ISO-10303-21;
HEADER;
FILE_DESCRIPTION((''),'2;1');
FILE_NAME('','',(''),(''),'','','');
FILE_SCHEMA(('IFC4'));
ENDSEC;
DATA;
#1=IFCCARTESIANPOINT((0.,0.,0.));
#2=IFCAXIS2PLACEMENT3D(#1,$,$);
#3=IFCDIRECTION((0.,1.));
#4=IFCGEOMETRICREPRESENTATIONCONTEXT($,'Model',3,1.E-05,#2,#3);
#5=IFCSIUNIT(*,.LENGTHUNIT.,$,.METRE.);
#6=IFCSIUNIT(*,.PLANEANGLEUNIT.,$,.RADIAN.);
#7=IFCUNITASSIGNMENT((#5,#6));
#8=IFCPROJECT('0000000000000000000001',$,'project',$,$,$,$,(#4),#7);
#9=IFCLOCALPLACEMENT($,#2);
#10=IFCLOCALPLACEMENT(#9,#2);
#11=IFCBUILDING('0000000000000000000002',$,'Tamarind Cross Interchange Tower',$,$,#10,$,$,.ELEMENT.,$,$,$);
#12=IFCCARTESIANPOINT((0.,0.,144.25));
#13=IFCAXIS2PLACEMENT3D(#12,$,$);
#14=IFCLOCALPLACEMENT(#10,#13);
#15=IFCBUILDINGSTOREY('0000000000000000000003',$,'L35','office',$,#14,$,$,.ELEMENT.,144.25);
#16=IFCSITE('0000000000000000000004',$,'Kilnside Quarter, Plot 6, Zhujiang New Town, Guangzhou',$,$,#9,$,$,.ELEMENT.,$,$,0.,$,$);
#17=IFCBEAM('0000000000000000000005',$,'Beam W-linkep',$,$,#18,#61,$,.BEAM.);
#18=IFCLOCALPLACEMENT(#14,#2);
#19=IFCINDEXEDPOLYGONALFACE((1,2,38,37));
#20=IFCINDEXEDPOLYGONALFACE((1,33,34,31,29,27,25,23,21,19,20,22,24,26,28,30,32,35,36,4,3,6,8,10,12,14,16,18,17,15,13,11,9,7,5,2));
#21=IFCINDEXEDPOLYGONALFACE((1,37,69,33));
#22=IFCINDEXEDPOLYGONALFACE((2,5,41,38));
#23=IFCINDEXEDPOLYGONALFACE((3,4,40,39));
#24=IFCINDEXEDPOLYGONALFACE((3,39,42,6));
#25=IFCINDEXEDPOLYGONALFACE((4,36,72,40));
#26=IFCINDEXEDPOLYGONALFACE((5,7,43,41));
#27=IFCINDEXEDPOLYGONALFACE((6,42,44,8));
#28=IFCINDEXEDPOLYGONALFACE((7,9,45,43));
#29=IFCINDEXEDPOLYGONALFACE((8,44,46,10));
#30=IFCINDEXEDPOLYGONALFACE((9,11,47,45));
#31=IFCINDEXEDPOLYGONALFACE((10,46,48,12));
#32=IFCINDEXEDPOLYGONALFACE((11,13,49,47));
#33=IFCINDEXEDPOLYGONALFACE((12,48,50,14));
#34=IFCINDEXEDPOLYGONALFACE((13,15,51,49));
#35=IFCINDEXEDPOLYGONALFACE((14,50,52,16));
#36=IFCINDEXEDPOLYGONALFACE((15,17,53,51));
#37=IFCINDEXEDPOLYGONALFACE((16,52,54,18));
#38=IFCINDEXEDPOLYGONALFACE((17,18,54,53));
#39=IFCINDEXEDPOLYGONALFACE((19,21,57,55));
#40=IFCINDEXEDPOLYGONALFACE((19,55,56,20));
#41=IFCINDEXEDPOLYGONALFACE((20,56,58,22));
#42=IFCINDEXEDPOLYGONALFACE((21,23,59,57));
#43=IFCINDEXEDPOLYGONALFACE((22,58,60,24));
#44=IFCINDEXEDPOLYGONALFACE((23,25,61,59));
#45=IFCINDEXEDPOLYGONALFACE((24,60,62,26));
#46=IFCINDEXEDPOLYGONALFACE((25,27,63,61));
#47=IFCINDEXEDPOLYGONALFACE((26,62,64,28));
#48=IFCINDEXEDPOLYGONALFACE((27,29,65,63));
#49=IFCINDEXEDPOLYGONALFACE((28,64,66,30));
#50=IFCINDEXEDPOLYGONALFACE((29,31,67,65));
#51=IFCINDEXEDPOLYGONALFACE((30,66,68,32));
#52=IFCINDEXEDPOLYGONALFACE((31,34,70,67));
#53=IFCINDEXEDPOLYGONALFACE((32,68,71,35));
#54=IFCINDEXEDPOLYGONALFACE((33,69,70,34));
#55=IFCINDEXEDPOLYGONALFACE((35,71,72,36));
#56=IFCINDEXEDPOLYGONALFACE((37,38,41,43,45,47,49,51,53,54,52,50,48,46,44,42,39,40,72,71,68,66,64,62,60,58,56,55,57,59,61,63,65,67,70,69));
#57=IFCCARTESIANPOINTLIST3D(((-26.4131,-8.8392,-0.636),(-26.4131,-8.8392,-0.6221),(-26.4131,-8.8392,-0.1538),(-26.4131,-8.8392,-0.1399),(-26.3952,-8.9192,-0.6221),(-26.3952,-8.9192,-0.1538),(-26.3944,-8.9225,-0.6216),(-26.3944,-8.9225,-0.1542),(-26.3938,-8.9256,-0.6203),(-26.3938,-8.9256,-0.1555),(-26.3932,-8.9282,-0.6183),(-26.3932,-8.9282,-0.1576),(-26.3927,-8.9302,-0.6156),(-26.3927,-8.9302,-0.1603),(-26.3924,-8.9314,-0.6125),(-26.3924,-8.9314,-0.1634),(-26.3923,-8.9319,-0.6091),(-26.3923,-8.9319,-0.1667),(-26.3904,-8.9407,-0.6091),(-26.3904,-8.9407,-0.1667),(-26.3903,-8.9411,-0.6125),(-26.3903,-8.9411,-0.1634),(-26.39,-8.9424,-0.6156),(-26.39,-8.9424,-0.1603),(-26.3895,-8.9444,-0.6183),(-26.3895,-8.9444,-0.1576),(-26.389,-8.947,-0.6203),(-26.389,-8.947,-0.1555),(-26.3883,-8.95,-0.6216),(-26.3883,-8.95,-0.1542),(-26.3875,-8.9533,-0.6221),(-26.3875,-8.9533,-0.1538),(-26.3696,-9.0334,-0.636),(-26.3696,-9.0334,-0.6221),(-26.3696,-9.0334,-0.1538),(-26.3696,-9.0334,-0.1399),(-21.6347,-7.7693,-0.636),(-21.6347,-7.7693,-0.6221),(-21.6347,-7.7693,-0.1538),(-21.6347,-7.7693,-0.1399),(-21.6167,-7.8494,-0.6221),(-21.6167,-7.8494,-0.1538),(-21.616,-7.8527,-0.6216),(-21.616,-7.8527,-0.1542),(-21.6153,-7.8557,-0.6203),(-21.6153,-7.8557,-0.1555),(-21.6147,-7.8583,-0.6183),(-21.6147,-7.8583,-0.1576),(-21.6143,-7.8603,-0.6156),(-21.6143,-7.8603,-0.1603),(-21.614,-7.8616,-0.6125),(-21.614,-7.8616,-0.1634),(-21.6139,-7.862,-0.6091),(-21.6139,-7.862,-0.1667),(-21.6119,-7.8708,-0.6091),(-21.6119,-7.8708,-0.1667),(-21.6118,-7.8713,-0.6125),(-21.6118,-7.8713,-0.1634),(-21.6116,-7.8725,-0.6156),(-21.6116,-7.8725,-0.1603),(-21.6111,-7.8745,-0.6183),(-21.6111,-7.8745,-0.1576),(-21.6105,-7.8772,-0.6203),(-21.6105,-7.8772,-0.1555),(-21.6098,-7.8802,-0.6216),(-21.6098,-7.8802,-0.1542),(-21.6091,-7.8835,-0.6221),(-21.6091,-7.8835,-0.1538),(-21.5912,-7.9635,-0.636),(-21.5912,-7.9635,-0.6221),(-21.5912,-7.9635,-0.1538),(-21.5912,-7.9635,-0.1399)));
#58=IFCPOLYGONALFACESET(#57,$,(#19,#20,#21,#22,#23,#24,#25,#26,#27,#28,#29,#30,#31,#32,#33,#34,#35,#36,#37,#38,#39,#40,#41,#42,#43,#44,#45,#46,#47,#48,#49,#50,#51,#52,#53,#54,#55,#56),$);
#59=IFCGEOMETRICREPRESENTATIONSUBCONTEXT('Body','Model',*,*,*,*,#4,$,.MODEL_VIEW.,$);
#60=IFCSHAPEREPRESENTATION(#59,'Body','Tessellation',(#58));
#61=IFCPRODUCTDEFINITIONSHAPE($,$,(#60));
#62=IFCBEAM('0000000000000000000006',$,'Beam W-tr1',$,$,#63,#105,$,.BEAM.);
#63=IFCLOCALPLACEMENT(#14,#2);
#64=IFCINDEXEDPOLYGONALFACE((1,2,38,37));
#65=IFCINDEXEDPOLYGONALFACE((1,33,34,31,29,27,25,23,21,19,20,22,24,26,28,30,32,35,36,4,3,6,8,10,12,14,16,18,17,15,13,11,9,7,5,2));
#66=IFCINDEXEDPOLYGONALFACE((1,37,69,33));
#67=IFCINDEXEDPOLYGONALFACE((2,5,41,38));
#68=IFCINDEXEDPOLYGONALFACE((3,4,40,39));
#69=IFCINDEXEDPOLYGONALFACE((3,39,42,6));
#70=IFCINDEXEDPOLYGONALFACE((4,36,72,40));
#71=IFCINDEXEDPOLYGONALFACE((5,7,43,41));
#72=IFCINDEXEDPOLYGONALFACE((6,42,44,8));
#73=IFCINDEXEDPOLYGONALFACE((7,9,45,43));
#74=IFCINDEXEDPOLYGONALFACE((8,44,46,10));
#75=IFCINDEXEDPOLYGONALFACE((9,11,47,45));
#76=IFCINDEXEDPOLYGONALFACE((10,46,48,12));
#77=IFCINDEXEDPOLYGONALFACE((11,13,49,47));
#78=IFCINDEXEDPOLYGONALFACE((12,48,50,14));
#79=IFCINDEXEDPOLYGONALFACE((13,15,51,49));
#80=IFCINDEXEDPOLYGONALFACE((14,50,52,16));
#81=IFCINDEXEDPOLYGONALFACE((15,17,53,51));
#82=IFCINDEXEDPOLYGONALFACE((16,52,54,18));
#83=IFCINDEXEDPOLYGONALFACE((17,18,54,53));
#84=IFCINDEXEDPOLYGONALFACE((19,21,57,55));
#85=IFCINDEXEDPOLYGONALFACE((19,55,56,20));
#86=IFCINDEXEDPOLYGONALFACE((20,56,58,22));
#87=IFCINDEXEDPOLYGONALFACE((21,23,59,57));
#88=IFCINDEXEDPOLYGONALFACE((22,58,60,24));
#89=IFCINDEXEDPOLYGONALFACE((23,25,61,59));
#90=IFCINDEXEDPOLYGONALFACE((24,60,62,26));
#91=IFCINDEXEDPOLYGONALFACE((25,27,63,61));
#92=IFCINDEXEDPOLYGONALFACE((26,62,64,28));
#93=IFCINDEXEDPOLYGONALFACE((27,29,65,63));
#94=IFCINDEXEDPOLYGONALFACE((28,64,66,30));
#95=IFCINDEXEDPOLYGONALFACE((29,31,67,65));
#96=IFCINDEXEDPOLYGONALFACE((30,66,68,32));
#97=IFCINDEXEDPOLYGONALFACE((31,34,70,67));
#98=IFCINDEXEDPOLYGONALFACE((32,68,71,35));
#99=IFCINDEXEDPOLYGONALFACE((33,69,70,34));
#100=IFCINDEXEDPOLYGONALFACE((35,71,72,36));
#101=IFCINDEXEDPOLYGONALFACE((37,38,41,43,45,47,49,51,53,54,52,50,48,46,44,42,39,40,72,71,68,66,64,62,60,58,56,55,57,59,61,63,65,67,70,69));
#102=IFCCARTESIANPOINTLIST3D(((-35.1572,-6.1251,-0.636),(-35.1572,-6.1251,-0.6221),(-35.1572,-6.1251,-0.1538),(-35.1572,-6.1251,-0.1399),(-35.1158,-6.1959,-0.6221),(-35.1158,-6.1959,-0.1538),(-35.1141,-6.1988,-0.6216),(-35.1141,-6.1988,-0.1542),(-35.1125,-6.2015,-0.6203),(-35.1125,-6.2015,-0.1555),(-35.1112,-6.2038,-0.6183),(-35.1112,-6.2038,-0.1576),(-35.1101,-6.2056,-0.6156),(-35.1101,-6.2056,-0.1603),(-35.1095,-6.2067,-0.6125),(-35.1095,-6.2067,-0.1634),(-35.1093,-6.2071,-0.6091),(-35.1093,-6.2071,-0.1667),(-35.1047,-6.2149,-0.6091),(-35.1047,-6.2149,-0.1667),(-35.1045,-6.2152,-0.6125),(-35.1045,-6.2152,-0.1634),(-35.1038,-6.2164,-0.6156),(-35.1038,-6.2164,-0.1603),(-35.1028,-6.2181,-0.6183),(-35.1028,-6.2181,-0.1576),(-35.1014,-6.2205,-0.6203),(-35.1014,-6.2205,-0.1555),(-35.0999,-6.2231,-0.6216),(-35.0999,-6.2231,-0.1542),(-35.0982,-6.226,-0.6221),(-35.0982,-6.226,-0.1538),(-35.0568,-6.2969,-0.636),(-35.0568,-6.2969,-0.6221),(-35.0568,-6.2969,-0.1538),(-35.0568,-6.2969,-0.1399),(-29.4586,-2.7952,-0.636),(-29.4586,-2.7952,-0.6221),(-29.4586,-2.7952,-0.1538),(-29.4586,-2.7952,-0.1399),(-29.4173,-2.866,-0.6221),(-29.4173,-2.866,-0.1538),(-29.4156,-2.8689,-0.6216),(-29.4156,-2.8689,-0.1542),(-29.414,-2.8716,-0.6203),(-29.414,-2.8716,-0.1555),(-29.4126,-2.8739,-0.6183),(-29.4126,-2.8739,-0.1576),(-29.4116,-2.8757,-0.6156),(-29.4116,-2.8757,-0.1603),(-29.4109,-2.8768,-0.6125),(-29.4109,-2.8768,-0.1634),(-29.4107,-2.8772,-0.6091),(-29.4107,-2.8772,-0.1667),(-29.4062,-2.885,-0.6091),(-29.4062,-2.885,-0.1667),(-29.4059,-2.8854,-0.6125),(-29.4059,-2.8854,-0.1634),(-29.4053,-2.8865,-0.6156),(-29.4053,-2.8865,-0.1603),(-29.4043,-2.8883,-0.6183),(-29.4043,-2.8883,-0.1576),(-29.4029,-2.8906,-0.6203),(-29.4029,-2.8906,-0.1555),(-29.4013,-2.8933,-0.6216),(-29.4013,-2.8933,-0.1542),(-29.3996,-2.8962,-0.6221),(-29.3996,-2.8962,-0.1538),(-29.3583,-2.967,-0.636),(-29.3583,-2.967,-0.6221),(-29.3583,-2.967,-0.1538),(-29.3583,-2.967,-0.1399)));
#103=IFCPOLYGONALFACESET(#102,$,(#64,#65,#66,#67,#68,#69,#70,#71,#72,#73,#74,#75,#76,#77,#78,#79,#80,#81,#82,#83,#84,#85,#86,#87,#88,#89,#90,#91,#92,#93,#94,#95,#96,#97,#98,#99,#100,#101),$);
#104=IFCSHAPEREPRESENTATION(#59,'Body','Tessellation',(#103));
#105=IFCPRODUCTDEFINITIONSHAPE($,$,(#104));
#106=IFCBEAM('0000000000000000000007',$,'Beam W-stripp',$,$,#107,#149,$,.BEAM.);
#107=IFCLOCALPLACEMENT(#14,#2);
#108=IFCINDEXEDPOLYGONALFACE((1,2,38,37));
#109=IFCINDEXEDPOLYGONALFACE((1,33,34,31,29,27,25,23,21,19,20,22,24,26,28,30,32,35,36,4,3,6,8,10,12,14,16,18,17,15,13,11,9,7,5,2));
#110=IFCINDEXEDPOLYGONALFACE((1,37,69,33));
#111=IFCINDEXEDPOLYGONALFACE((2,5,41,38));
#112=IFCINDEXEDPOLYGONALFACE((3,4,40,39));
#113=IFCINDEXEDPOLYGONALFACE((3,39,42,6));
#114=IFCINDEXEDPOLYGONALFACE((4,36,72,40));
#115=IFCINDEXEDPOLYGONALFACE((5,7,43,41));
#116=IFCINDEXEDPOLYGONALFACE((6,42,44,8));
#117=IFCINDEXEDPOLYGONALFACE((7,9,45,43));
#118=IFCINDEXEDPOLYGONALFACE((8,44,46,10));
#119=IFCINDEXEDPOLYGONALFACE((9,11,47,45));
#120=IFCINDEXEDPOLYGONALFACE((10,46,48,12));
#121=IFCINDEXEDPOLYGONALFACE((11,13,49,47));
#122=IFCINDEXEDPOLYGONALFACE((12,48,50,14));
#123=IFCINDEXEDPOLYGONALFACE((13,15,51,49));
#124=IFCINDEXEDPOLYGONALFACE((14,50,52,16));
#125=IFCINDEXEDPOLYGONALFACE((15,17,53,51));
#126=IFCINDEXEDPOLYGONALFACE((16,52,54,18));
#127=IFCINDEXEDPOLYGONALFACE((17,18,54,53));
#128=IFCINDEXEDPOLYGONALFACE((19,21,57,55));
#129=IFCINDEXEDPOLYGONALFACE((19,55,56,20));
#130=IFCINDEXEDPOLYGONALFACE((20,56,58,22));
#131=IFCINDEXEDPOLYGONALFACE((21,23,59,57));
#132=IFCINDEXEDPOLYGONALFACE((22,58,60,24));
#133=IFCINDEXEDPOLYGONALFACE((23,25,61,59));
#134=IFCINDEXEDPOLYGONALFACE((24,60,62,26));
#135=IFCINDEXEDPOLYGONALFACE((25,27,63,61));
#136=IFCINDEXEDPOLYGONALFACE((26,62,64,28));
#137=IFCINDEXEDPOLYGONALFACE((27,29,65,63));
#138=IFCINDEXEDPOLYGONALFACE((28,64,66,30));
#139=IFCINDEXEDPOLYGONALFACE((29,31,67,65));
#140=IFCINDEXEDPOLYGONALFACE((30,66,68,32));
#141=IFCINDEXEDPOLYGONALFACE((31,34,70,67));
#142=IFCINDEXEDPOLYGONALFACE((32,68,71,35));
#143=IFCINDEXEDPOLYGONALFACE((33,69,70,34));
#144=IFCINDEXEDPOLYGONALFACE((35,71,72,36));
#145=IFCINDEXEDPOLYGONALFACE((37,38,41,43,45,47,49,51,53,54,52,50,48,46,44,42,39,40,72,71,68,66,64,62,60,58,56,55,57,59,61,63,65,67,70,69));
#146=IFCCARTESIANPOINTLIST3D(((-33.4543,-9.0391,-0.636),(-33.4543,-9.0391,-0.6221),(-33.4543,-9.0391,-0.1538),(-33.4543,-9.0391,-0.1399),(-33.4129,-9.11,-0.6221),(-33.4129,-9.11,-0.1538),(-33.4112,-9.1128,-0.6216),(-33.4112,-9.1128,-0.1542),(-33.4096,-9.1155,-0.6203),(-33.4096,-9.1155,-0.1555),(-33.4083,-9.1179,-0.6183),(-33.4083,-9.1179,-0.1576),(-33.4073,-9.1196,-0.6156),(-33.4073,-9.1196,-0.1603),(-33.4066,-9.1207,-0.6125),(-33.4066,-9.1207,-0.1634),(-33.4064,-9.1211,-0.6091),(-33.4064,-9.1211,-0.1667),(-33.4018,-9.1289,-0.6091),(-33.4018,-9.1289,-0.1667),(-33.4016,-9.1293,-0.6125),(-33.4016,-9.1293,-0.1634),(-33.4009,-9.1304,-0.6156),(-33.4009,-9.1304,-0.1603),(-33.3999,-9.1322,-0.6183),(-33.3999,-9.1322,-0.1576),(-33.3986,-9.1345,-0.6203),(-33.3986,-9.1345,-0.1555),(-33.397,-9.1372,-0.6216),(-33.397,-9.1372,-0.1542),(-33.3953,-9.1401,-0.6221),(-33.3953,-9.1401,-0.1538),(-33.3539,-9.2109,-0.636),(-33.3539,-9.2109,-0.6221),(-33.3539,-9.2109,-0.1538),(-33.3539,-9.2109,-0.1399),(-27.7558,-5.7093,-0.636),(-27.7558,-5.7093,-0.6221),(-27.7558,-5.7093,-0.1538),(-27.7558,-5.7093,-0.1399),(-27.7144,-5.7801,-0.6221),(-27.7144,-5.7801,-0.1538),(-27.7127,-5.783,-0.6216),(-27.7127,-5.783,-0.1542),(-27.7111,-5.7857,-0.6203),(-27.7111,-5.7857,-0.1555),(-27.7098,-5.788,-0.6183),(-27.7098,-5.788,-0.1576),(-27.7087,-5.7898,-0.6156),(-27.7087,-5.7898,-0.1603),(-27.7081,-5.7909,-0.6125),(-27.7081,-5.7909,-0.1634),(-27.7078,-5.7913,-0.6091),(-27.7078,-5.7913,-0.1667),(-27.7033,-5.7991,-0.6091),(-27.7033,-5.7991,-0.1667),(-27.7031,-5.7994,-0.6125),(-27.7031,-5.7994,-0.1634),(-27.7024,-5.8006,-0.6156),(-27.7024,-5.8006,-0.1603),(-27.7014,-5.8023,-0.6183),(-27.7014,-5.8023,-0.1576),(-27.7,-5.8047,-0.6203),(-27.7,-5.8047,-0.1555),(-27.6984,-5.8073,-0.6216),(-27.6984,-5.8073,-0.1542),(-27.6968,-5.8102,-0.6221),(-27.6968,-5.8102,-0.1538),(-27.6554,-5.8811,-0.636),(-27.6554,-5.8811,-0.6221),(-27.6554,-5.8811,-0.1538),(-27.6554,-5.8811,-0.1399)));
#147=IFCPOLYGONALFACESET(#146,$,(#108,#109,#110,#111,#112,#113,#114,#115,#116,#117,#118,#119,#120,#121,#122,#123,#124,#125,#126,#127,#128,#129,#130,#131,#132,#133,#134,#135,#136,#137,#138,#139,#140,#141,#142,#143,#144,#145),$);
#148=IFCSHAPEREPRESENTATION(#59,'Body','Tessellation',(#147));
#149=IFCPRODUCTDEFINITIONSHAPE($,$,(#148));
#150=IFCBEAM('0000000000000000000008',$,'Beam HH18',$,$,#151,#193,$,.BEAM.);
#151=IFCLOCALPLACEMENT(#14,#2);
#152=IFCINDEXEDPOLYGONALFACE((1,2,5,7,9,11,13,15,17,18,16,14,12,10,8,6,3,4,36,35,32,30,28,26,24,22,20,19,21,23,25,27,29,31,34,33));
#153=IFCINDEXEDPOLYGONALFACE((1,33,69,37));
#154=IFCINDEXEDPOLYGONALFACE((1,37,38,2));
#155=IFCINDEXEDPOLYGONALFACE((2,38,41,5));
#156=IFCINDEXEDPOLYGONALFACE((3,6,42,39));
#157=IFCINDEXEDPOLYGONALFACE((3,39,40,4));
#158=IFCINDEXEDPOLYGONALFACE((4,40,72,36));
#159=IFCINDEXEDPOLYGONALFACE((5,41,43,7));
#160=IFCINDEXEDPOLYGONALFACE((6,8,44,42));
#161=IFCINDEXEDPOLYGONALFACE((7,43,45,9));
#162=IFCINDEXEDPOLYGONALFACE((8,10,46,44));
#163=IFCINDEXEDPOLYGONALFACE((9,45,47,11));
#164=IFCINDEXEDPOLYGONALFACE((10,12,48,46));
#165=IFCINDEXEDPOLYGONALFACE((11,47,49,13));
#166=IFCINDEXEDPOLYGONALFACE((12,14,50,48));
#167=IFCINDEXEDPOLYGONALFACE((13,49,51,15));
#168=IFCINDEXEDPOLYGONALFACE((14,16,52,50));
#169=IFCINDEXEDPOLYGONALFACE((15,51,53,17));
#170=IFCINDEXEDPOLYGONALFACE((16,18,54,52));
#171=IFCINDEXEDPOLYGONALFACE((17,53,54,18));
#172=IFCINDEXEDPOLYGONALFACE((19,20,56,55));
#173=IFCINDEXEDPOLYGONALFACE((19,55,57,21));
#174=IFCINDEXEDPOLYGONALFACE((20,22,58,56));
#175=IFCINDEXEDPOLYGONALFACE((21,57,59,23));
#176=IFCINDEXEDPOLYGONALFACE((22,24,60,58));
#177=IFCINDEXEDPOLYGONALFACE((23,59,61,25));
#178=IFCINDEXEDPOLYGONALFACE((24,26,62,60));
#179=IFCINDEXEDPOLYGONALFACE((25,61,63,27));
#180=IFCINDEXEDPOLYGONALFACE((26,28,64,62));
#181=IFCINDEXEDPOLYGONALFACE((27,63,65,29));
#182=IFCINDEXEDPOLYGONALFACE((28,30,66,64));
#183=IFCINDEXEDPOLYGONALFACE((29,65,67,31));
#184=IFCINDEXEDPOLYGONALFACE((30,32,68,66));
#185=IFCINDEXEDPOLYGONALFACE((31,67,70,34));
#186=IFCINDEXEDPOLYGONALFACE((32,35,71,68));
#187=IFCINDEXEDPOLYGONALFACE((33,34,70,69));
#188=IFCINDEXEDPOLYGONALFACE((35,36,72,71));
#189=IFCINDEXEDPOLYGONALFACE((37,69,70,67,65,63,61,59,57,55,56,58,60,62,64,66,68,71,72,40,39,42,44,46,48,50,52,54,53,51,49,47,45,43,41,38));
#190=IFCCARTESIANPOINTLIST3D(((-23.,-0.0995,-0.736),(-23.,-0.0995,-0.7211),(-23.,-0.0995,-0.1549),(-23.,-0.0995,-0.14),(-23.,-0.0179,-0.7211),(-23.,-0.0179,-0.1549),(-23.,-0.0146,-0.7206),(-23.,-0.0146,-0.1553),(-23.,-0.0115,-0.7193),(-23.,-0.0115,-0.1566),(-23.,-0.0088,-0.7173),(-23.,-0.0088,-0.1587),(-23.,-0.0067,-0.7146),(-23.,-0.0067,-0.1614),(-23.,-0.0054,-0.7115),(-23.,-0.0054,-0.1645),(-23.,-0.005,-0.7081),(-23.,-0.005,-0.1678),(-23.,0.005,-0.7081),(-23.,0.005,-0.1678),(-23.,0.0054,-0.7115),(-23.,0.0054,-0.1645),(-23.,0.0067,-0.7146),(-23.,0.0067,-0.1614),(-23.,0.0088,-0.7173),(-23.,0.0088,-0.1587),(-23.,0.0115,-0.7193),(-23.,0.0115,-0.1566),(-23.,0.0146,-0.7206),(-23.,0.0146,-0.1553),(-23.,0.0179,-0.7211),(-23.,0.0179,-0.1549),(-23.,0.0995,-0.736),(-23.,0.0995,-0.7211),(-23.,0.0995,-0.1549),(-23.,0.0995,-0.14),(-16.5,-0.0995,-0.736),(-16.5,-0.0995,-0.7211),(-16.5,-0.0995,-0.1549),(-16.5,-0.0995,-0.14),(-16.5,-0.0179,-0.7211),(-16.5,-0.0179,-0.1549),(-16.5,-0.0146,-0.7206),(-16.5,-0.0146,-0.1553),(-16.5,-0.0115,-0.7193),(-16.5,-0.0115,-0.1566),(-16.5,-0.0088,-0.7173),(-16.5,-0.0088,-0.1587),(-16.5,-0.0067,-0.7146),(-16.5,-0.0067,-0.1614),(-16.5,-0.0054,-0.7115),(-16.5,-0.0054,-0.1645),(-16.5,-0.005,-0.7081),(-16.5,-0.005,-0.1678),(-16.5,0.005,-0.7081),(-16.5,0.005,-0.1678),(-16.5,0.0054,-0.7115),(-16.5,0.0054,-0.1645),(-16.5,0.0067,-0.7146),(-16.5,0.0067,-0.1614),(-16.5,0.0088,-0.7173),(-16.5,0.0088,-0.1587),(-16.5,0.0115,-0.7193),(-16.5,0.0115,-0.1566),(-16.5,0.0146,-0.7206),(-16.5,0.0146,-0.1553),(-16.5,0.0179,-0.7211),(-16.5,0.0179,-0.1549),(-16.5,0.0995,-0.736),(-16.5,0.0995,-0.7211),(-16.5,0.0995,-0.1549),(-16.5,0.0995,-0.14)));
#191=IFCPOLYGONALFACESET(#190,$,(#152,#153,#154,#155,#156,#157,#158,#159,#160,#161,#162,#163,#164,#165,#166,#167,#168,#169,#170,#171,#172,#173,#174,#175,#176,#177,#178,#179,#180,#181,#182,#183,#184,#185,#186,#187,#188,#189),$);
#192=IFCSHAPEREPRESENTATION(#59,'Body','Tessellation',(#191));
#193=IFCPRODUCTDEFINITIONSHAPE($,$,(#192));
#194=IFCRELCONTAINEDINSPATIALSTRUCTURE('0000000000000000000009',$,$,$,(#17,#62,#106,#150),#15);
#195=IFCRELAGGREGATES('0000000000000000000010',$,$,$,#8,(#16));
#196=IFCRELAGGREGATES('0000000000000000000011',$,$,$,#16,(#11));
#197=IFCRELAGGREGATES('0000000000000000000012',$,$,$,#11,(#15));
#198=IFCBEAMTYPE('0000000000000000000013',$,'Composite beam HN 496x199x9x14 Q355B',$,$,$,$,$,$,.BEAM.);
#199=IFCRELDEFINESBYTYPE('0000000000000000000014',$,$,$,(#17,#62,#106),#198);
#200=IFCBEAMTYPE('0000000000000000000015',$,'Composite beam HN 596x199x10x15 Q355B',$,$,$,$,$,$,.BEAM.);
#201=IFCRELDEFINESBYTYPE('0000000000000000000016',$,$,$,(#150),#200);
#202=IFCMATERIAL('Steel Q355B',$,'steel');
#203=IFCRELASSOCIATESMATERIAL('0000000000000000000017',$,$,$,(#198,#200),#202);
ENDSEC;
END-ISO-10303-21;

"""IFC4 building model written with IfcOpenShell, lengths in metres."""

from ifc_helpers import new_model, si_unit, direction, frame, origin, origin_2d, place, context, subcontext, project, spatial, i_section, extrude, material, material_profile, profile_set, type_object, element, save


model = new_model("IFC4")

# Units and contexts
model_context = context("Model", 3, precision=1e-05, world=origin(), true_north=direction((0.0, 1.0)))
body_context = subcontext(model_context, "Body", "Model", "MODEL_VIEW")
ifc_project = project(units=[si_unit("LENGTHUNIT", "METRE"), si_unit("PLANEANGLEUNIT", "RADIAN")], contexts=[model_context])

# Site, building, storey
site_placement = place(None, origin())
site = spatial("IfcSite", under=ifc_project, at=site_placement, Name="Kilnside Quarter, Plot 6, Zhujiang New Town, Guangzhou", CompositionType="ELEMENT", RefElevation=0.0)
building_placement = place(site_placement, origin())
building = spatial("IfcBuilding", under=site, at=building_placement, Name="Tamarind Cross Interchange Tower", CompositionType="ELEMENT")
storey_placement = place(building_placement, frame((0.0, 0.0, 144.25)))
storey = spatial("IfcBuildingStorey", under=building, at=storey_placement, Name="L35", Description="office", CompositionType="ELEMENT", Elevation=144.25)

# Beams
ifc_material_1 = material(Name="Steel Q355B", Category="steel")
ifc_material_profile_1 = material_profile(ifc_material_1, i_section(OverallWidth=0.199, OverallDepth=0.4961, WebThickness=0.009, FlangeThickness=0.0139, FilletRadius=0.0129, at=origin_2d()), Name="HN 496x199x9x14")
ifc_profile_set_1 = profile_set([ifc_material_profile_1], Name="Steel Q355B")
beam_type_1 = type_object("IfcBeamType", Name="Composite beam HN 496x199x9x14 Q355B", PredefinedType="BEAM", material=ifc_profile_set_1)
beam_1_placement = place(storey_placement, frame((-26.3914, -8.9363, -0.3879), z_axis=(0.975841, 0.218482, 0.0), x_axis=(-0.218482, 0.975841, 0.0)))
element("IfcBeam", 1, at=beam_1_placement, inside=storey, type_object=beam_type_1, Name="Beam W-linkep", PredefinedType="BEAM", context=body_context, shape_type="SweptSolid", body=[
    extrude(i_section(OverallWidth=0.199, OverallDepth=0.4961, WebThickness=0.009, FlangeThickness=0.0139, FilletRadius=0.0129, at=origin_2d()), origin(), (0.0, 0.0, 1.0), 4.8967),
])
for number, where, z_axis, x_axis, name in (
    (2, (-29.4084, -2.8811, -0.3879), (-0.863402, -0.504517, 0.0), (0.504517, -0.863402, 0.0), "Beam W-tr1"),
    (3, (-27.7056, -5.7952, -0.3879), (-0.863402, -0.504517, 0.0), (0.504517, -0.863402, 0.0), "Beam W-stripp"),
):
    element("IfcBeam", number, at=place(storey_placement, frame(where, z_axis=z_axis, x_axis=x_axis)), inside=storey, type_object=beam_type_1, Name=name, PredefinedType="BEAM", context=body_context, shape_type="SweptSolid", body=[
        extrude(i_section(OverallWidth=0.199, OverallDepth=0.4961, WebThickness=0.009, FlangeThickness=0.0139, FilletRadius=0.0129, at=origin_2d()), origin(), (0.0, 0.0, 1.0), 6.6001),
    ])
ifc_material_profile_2 = material_profile(ifc_material_1, i_section(OverallWidth=0.199, OverallDepth=0.5959, WebThickness=0.01, FlangeThickness=0.0149, FilletRadius=0.0129, at=origin_2d()), Name="HN 596x199x10x15")
ifc_profile_set_2 = profile_set([ifc_material_profile_2], Name="Steel Q355B")
beam_type_2 = type_object("IfcBeamType", Name="Composite beam HN 596x199x10x15 Q355B", PredefinedType="BEAM", material=ifc_profile_set_2)
beam_2_placement = place(storey_placement, frame((-23.0, 0.0, -0.438), z_axis=(1.0, 0.0, 0.0), x_axis=(0.0, 1.0, 0.0)))
element("IfcBeam", 4, at=beam_2_placement, inside=storey, type_object=beam_type_2, Name="Beam HH18", PredefinedType="BEAM", context=body_context, shape_type="SweptSolid", body=[
    extrude(i_section(OverallWidth=0.199, OverallDepth=0.5959, WebThickness=0.01, FlangeThickness=0.0149, FilletRadius=0.0129, at=origin_2d()), origin(), (0.0, 0.0, 1.0), 6.5),
])

save(model, "model.ifc")
